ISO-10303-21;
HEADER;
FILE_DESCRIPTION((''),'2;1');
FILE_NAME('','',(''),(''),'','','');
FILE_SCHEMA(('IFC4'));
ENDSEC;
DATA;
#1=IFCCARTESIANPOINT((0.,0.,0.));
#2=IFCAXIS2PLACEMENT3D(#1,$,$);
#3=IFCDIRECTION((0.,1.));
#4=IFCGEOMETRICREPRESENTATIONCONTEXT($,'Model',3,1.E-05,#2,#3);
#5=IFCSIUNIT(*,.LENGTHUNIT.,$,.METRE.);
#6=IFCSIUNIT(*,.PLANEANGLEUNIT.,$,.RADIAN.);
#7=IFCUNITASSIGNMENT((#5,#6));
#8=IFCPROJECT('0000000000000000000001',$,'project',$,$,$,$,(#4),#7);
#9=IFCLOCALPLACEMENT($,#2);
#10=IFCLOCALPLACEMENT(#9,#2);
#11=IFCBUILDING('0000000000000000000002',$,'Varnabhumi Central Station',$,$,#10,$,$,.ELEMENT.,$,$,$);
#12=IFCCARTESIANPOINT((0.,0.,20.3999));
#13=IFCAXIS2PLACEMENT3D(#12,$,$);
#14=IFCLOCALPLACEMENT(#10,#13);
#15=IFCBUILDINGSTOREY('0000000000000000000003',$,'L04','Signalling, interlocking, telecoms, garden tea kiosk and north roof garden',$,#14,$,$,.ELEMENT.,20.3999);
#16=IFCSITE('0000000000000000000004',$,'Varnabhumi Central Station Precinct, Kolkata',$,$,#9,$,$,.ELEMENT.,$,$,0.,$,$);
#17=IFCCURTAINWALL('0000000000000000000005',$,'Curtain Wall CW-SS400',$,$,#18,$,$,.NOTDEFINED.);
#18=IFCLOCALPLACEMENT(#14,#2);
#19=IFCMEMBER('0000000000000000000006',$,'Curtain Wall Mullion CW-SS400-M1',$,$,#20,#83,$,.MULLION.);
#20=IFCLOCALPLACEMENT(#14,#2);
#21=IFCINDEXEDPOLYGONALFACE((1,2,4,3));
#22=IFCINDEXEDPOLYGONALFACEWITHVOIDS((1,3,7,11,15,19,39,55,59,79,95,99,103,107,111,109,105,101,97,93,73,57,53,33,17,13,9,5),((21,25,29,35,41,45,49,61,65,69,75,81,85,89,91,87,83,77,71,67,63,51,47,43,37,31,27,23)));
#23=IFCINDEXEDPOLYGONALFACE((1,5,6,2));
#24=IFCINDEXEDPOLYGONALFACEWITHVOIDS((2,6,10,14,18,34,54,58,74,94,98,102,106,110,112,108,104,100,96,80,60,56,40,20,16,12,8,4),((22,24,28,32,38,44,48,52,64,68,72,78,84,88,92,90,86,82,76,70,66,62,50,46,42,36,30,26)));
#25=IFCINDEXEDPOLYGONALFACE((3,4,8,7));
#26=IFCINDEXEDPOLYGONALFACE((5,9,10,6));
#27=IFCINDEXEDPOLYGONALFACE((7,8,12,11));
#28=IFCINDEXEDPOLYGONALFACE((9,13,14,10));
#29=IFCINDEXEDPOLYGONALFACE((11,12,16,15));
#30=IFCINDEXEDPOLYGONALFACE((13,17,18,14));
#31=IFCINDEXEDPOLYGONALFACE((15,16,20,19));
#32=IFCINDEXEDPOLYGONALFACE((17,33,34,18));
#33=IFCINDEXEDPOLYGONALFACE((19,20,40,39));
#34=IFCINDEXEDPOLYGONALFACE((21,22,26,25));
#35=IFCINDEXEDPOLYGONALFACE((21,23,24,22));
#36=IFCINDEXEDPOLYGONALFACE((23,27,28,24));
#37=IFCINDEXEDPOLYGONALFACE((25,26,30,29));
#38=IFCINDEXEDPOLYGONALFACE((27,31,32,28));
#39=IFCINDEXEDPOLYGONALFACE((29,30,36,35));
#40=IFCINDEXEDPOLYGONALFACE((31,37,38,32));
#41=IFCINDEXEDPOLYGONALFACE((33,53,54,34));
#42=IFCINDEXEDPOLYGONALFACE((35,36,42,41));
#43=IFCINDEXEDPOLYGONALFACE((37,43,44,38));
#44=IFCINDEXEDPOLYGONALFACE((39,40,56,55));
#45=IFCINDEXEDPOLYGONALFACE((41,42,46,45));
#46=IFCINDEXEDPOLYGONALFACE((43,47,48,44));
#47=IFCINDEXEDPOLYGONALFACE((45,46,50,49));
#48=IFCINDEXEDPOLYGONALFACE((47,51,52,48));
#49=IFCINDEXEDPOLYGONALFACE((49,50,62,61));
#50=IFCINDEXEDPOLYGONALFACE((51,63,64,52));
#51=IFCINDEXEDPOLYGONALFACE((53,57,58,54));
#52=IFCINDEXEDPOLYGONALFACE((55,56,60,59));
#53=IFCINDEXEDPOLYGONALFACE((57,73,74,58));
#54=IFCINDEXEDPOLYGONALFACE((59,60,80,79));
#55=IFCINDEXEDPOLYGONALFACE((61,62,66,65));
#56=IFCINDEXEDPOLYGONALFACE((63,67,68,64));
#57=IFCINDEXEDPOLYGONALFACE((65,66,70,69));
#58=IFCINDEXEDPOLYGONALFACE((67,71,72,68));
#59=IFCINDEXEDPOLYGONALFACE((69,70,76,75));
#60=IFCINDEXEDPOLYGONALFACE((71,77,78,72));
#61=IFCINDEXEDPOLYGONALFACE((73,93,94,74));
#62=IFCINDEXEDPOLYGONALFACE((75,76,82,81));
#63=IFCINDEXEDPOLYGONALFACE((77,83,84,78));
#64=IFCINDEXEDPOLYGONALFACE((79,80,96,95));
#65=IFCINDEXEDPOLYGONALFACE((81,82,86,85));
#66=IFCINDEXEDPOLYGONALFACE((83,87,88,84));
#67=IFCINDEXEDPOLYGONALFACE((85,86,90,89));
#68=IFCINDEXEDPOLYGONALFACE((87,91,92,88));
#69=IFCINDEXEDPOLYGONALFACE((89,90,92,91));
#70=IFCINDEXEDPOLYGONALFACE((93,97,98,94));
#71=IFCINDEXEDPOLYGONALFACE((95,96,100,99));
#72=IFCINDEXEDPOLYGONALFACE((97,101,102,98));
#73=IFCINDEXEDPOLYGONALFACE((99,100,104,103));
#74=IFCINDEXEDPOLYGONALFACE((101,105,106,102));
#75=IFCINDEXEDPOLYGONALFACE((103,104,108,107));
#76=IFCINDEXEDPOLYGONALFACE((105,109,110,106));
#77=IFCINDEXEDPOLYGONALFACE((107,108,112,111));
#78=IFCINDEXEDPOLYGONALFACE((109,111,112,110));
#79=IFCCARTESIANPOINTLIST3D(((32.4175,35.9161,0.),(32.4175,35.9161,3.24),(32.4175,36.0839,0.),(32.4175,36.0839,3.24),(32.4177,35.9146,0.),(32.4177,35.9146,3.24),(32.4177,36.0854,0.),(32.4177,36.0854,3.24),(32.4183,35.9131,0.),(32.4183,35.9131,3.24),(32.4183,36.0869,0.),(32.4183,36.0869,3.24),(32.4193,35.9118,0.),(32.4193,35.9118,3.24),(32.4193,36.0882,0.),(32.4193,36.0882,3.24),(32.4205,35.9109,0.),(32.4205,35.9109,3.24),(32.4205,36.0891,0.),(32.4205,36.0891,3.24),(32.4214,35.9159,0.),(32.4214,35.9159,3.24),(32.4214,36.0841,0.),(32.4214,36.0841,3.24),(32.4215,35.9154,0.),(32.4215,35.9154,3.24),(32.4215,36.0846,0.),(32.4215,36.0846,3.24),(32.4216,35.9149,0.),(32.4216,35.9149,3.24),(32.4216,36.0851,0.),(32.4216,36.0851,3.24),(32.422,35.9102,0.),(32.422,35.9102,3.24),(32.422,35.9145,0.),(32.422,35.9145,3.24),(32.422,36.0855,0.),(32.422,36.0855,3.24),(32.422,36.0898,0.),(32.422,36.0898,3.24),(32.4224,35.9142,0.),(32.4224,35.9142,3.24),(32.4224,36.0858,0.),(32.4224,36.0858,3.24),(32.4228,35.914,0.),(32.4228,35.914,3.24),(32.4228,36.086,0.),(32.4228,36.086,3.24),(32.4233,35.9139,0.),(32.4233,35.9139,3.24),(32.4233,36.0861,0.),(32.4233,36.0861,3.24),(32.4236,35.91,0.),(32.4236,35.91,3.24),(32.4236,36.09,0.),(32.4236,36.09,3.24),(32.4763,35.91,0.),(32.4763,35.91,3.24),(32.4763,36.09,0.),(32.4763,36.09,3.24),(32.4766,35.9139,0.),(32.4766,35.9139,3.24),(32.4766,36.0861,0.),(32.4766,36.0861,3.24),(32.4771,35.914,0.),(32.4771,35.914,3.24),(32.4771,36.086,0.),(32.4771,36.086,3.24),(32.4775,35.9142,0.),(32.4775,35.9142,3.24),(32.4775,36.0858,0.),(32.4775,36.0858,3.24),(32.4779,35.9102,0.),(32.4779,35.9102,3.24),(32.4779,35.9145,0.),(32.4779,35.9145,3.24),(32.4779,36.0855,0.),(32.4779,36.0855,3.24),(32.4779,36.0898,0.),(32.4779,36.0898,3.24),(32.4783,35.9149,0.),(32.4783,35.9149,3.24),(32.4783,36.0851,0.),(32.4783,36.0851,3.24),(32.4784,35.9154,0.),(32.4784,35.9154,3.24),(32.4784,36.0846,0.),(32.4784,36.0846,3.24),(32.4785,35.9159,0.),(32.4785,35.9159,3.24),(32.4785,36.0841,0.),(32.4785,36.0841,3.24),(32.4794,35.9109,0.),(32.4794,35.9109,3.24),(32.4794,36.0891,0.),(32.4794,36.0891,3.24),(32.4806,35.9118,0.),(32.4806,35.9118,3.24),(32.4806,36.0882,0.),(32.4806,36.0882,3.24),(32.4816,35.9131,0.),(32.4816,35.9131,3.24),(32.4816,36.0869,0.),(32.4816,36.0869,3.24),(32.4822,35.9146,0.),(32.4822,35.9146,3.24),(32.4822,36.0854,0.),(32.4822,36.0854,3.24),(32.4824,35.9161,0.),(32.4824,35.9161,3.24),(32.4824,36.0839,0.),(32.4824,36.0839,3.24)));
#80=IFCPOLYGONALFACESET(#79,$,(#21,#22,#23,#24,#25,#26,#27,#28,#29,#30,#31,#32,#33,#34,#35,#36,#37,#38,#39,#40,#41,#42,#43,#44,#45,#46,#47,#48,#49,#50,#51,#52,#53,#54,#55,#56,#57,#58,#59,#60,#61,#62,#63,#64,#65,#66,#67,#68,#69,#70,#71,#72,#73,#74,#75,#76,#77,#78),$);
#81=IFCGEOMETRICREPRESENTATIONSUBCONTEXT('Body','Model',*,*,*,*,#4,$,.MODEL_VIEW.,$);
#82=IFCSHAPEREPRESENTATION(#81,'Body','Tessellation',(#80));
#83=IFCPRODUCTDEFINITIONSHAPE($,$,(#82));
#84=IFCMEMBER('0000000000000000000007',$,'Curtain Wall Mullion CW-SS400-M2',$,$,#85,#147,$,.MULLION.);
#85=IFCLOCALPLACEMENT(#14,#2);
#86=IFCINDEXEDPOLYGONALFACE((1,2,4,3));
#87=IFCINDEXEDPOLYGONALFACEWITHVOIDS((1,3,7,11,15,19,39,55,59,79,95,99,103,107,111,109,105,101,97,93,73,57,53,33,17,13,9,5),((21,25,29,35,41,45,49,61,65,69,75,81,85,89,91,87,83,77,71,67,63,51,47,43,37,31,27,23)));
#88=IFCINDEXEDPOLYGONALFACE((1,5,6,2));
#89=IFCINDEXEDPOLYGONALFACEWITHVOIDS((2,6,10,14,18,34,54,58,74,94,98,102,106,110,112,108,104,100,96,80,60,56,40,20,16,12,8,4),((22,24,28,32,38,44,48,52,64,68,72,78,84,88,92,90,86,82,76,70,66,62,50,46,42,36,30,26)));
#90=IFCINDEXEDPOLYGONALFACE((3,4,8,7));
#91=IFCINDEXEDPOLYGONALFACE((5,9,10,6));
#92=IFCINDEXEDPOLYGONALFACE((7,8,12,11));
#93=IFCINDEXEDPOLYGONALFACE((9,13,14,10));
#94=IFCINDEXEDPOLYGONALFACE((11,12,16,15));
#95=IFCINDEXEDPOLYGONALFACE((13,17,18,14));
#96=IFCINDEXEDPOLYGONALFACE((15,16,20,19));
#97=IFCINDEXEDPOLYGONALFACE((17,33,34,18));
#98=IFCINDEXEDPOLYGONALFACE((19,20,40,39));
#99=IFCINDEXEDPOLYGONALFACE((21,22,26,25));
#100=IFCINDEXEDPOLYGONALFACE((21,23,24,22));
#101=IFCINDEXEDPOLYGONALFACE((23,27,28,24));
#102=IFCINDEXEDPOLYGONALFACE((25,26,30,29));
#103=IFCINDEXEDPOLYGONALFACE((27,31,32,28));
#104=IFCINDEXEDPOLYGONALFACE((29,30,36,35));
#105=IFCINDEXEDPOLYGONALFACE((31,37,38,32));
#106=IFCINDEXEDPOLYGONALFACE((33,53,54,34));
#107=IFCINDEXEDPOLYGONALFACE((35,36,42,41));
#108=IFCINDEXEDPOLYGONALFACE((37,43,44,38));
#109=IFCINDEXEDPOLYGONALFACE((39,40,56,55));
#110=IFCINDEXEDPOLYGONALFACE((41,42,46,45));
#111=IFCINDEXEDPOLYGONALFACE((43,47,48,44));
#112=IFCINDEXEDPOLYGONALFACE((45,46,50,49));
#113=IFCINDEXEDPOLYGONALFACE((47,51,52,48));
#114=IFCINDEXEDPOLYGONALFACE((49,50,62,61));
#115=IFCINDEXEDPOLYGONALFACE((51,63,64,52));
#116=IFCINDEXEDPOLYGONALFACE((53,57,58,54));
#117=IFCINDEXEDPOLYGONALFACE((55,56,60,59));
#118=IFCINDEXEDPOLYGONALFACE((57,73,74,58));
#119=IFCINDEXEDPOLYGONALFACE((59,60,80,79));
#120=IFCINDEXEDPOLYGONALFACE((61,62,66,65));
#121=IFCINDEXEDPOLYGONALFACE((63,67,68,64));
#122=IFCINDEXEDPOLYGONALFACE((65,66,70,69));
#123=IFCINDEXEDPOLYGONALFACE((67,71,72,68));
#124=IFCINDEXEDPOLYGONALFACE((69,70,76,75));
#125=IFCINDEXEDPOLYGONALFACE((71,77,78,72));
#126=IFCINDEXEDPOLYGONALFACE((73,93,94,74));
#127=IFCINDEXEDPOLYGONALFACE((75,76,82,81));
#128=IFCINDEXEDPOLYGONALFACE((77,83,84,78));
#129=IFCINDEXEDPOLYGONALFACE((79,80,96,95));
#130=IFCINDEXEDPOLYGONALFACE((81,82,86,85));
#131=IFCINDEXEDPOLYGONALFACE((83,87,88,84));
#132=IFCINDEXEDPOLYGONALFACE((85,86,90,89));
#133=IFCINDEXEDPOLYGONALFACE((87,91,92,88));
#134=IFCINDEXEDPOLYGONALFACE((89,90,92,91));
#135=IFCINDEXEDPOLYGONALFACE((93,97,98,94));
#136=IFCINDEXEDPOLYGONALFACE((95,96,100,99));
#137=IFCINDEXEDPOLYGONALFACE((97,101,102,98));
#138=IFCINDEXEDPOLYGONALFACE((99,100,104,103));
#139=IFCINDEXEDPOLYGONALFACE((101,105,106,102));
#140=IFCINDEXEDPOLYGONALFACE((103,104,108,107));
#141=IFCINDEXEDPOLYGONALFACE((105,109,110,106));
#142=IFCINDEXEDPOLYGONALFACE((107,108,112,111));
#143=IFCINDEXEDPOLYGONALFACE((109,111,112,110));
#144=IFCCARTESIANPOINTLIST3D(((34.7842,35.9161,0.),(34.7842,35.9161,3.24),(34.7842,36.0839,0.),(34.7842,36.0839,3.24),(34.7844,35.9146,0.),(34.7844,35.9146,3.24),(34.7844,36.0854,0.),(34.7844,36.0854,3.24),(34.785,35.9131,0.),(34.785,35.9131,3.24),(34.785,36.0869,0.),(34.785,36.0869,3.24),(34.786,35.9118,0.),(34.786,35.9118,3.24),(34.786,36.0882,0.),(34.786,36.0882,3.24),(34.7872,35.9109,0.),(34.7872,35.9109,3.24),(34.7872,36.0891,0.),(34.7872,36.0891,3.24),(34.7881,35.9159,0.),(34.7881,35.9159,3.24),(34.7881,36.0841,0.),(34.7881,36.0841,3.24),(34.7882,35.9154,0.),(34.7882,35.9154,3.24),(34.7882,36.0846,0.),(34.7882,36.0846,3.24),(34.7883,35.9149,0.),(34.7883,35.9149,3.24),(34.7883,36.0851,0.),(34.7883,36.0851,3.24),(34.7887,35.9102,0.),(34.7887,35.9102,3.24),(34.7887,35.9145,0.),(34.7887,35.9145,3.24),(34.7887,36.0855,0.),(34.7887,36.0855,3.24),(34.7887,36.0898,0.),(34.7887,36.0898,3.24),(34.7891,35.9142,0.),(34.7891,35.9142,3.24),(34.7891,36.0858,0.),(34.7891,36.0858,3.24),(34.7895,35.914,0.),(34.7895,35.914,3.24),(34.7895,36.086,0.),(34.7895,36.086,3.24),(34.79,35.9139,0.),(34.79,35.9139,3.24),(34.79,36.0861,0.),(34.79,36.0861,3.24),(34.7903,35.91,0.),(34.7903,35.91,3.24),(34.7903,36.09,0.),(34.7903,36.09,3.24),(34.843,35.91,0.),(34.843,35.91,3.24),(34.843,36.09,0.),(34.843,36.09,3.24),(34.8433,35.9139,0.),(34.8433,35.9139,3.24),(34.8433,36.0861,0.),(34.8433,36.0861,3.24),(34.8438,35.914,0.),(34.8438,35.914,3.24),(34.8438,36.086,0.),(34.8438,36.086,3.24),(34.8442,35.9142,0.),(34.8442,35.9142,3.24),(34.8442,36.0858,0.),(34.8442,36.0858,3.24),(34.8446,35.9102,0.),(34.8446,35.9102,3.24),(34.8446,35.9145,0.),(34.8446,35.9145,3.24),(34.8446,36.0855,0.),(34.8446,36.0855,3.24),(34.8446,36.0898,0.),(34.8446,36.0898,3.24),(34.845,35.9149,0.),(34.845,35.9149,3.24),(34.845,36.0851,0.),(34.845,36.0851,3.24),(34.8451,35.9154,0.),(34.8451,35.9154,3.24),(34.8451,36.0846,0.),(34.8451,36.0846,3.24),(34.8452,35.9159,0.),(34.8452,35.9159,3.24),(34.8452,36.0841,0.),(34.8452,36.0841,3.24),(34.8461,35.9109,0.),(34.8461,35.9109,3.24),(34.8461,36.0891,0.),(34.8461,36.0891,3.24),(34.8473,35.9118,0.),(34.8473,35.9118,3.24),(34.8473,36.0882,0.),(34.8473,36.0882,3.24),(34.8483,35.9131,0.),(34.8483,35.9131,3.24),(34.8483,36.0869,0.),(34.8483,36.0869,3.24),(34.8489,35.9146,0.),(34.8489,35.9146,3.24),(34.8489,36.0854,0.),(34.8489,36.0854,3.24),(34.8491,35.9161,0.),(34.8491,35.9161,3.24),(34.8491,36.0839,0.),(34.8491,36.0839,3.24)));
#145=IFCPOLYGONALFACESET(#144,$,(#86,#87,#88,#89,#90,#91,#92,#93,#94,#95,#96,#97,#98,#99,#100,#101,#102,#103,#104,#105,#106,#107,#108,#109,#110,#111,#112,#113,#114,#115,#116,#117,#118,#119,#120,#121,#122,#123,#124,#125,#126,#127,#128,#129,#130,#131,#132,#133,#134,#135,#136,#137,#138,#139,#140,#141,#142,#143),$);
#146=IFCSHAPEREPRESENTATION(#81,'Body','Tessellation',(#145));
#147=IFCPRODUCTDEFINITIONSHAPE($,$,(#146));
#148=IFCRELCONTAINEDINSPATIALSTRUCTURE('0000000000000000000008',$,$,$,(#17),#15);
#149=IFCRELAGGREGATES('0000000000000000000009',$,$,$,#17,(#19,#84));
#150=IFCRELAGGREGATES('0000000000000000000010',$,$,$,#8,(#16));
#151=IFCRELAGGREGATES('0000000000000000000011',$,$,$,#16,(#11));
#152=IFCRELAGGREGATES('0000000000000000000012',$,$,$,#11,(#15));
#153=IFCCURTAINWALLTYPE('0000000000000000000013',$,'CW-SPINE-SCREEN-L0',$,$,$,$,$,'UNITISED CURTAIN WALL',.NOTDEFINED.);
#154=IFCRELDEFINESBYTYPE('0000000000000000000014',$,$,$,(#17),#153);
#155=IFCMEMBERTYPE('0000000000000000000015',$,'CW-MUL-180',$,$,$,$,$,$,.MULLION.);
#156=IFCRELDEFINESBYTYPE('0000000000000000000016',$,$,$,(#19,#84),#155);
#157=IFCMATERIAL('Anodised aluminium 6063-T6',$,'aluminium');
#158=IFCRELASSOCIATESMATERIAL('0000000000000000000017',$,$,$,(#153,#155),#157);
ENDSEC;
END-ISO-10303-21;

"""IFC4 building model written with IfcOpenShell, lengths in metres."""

from ifc_helpers import new_model, si_unit, direction, frame, origin, origin_2d, place, context, subcontext, project, spatial, hollow_rectangle, extrude, material, material_profile, profile_set, type_object, element, aggregate, save


model = new_model("IFC4")

# Units and contexts
model_context = context("Model", 3, precision=1e-05, world=origin(), true_north=direction((0.0, 1.0)))
body_context = subcontext(model_context, "Body", "Model", "MODEL_VIEW")
ifc_project = project(units=[si_unit("LENGTHUNIT", "METRE"), si_unit("PLANEANGLEUNIT", "RADIAN")], contexts=[model_context])

# Site, building, storey
site_placement = place(None, origin())
site = spatial("IfcSite", under=ifc_project, at=site_placement, Name="Varnabhumi Central Station Precinct, Kolkata", CompositionType="ELEMENT", RefElevation=0.0)
building_placement = place(site_placement, origin())
building = spatial("IfcBuilding", under=site, at=building_placement, Name="Varnabhumi Central Station", CompositionType="ELEMENT")
storey_placement = place(building_placement, frame((0.0, 0.0, 20.3999)))
storey = spatial("IfcBuildingStorey", under=building, at=storey_placement, Name="L04", Description="Signalling, interlocking, telecoms, garden tea kiosk and north roof garden", CompositionType="ELEMENT", Elevation=20.3999)

# Curtain wall, members
ifc_material_1 = material(Name="Anodised aluminium 6063-T6", Category="aluminium")
curtain_wall_type = type_object("IfcCurtainWallType", Name="CW-SPINE-SCREEN-L0", ElementType="UNITISED CURTAIN WALL", PredefinedType="NOTDEFINED", material=ifc_material_1)
curtain_wall_placement = place(storey_placement, origin())
curtain_wall = element("IfcCurtainWall", 1, at=curtain_wall_placement, inside=storey, type_object=curtain_wall_type, Name="Curtain Wall CW-SS400", PredefinedType="NOTDEFINED")
ifc_material_profile_1 = material_profile(ifc_material_1, hollow_rectangle(XDim=0.0649, YDim=0.1799, WallThickness=0.0039, InnerFilletRadius=0.002, OuterFilletRadius=0.0061, at=origin_2d()), Name="Anodised aluminium 6063-T6", Category="aluminium")
ifc_profile_set_1 = profile_set([ifc_material_profile_1], Name="Anodised aluminium 6063-T6")
member_type_1 = type_object("IfcMemberType", Name="CW-MUL-180", PredefinedType="MULLION", material=ifc_profile_set_1)
member_1_placement = place(storey_placement, frame((32.45, 36.0, 0.0), z_axis=(0.0, 0.0, 1.0), x_axis=(1.0, 0.0, 0.0)))
member_1 = element("IfcMember", 2, at=member_1_placement, type_object=member_type_1, Name="Curtain Wall Mullion CW-SS400-M1", PredefinedType="MULLION", context=body_context, shape_type="SweptSolid", body=[
    extrude(hollow_rectangle(XDim=0.0649, YDim=0.1799, WallThickness=0.0039, InnerFilletRadius=0.002, OuterFilletRadius=0.0061, at=origin_2d()), origin(), (0.0, 0.0, 1.0), 3.24),
])
member_2_placement = place(storey_placement, frame((34.8167, 36.0, 0.0), z_axis=(0.0, 0.0, 1.0), x_axis=(1.0, 0.0, 0.0)))
member_2 = element("IfcMember", 3, at=member_2_placement, type_object=member_type_1, Name="Curtain Wall Mullion CW-SS400-M2", PredefinedType="MULLION", context=body_context, shape_type="SweptSolid", body=[
    extrude(hollow_rectangle(XDim=0.0649, YDim=0.1799, WallThickness=0.0039, InnerFilletRadius=0.002, OuterFilletRadius=0.0061, at=origin_2d()), origin(), (0.0, 0.0, 1.0), 3.24),
])
aggregate(curtain_wall, [member_1, member_2])

save(model, "model.ifc")
